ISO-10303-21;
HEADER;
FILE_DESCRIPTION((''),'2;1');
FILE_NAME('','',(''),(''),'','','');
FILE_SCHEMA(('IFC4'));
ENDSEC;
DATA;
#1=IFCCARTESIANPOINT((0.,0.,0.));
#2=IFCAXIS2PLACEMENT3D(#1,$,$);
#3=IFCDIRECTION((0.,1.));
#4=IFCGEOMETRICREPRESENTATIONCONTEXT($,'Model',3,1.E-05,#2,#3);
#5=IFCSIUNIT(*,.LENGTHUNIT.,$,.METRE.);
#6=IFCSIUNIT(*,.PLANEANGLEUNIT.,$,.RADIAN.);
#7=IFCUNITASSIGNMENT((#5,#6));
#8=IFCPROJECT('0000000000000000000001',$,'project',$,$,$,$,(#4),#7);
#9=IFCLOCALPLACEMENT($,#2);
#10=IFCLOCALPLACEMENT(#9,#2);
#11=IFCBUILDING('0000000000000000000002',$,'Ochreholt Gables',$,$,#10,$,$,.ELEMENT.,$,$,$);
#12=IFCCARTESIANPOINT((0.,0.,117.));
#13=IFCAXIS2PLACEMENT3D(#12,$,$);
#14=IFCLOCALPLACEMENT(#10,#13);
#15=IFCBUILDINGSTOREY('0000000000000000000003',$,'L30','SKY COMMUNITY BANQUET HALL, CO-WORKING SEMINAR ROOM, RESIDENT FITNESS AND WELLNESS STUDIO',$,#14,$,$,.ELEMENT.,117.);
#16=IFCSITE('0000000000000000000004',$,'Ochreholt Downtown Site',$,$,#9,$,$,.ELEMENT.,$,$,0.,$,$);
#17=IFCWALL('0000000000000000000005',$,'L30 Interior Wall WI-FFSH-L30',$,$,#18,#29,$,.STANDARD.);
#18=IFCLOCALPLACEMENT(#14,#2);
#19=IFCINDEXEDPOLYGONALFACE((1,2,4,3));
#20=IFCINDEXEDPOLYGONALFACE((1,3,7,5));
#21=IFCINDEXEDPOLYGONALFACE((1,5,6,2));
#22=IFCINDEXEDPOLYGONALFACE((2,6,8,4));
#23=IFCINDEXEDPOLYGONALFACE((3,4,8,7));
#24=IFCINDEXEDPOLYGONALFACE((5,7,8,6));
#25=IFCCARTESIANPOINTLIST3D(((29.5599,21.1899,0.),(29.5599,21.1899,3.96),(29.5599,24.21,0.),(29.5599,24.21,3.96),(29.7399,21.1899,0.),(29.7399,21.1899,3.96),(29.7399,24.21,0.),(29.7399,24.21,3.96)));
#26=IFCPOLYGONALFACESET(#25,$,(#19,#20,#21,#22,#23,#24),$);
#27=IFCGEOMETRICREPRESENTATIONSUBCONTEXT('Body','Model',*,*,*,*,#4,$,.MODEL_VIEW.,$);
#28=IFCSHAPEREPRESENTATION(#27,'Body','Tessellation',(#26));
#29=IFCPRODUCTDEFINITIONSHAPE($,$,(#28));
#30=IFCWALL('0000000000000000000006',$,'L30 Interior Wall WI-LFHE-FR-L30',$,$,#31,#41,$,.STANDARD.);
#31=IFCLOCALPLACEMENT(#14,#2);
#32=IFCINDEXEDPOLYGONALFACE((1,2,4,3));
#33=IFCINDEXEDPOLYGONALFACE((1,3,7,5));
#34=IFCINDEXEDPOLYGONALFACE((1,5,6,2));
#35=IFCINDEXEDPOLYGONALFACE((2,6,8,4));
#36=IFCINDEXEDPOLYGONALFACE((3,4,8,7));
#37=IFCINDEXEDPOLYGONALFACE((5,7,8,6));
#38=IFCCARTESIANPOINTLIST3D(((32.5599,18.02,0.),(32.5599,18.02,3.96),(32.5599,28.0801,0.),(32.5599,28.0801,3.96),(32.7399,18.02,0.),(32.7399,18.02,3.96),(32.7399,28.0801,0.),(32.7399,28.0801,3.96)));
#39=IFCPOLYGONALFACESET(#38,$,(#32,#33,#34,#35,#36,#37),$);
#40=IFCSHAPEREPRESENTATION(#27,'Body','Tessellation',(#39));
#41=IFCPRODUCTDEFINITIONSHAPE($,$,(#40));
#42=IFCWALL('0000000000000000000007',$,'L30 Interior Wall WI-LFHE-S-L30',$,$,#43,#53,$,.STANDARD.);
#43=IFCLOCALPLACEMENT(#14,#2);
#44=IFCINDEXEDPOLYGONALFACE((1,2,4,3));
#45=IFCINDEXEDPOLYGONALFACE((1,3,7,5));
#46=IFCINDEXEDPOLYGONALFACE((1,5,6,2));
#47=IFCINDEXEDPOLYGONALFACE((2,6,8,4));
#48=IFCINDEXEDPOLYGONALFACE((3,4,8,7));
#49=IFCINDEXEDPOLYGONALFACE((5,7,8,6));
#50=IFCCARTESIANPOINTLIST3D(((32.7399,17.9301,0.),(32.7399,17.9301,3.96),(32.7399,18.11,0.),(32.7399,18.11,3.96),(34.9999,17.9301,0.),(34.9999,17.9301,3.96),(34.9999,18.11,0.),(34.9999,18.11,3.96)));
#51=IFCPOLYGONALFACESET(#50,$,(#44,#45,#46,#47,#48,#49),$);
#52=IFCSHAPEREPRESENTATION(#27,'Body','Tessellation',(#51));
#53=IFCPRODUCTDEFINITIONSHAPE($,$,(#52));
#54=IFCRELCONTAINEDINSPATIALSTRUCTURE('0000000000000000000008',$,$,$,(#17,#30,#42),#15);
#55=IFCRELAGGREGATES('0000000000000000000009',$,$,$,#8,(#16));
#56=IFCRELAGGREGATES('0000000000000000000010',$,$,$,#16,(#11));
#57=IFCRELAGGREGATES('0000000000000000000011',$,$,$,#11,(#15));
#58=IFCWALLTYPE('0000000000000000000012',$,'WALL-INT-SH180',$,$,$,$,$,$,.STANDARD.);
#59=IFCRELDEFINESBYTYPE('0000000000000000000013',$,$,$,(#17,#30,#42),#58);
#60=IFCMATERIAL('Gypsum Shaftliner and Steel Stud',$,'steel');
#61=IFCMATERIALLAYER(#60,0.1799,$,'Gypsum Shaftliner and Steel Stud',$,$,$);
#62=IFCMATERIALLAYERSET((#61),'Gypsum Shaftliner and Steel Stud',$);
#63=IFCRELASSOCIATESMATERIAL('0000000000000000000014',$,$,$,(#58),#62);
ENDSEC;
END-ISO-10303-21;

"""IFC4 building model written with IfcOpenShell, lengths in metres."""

from ifc_helpers import new_model, si_unit, direction, frame, frame_2d, origin, place, context, subcontext, project, spatial, rectangle, extrude, material, layer, layer_set, type_object, element, save


model = new_model("IFC4")

# Units and contexts
model_context = context("Model", 3, precision=1e-05, world=origin(), true_north=direction((0.0, 1.0)))
body_context = subcontext(model_context, "Body", "Model", "MODEL_VIEW")
ifc_project = project(units=[si_unit("LENGTHUNIT", "METRE"), si_unit("PLANEANGLEUNIT", "RADIAN")], contexts=[model_context])

# Site, building, storey
site_placement = place(None, origin())
site = spatial("IfcSite", under=ifc_project, at=site_placement, Name="Ochreholt Downtown Site", CompositionType="ELEMENT", RefElevation=0.0)
building_placement = place(site_placement, origin())
building = spatial("IfcBuilding", under=site, at=building_placement, Name="Ochreholt Gables", CompositionType="ELEMENT")
storey_placement = place(building_placement, frame((0.0, 0.0, 117.0)))
storey = spatial("IfcBuildingStorey", under=building, at=storey_placement, Name="L30", Description="SKY COMMUNITY BANQUET HALL, CO-WORKING SEMINAR ROOM, RESIDENT FITNESS AND WELLNESS STUDIO", CompositionType="ELEMENT", Elevation=117.0)

# Walls
ifc_material_1 = material(Name="Gypsum Shaftliner and Steel Stud", Category="steel")
ifc_layer_1 = layer(ifc_material_1, 0.1799, Name="Gypsum Shaftliner and Steel Stud")
ifc_layer_set_1 = layer_set([ifc_layer_1], Name="Gypsum Shaftliner and Steel Stud")
wall_type_1 = type_object("IfcWallType", Name="WALL-INT-SH180", PredefinedType="STANDARD", material=ifc_layer_set_1)
wall_1_placement = place(storey_placement, frame((29.6499, 21.1899, 0.0), z_axis=(0.0, 0.0, 1.0), x_axis=(0.0, 1.0, 0.0)))
element("IfcWall", 1, at=wall_1_placement, inside=storey, type_object=wall_type_1, Name="L30 Interior Wall WI-FFSH-L30", PredefinedType="STANDARD", context=body_context, shape_type="SweptSolid", body=[
    extrude(rectangle(XDim=3.02, YDim=0.1799, at=frame_2d((1.51, 0.0))), origin(), (0.0, 0.0, 1.0), 3.96),
])
wall_2_placement = place(storey_placement, frame((32.6499, 18.02, 0.0), z_axis=(0.0, 0.0, 1.0), x_axis=(0.0, 1.0, 0.0)))
element("IfcWall", 2, at=wall_2_placement, inside=storey, type_object=wall_type_1, Name="L30 Interior Wall WI-LFHE-FR-L30", PredefinedType="STANDARD", context=body_context, shape_type="SweptSolid", body=[
    extrude(rectangle(XDim=10.0601, YDim=0.1799, at=frame_2d((5.03, 0.0))), origin(), (0.0, 0.0, 1.0), 3.96),
])
wall_3_placement = place(storey_placement, frame((32.74, 18.02, 0.0), z_axis=(0.0, 0.0, 1.0), x_axis=(1.0, 0.0, 0.0)))
element("IfcWall", 3, at=wall_3_placement, inside=storey, type_object=wall_type_1, Name="L30 Interior Wall WI-LFHE-S-L30", PredefinedType="STANDARD", context=body_context, shape_type="SweptSolid", body=[
    extrude(rectangle(XDim=2.26, YDim=0.1799, at=frame_2d((1.1299, 0.0))), origin(), (0.0, 0.0, 1.0), 3.96),
])

save(model, "model.ifc")
